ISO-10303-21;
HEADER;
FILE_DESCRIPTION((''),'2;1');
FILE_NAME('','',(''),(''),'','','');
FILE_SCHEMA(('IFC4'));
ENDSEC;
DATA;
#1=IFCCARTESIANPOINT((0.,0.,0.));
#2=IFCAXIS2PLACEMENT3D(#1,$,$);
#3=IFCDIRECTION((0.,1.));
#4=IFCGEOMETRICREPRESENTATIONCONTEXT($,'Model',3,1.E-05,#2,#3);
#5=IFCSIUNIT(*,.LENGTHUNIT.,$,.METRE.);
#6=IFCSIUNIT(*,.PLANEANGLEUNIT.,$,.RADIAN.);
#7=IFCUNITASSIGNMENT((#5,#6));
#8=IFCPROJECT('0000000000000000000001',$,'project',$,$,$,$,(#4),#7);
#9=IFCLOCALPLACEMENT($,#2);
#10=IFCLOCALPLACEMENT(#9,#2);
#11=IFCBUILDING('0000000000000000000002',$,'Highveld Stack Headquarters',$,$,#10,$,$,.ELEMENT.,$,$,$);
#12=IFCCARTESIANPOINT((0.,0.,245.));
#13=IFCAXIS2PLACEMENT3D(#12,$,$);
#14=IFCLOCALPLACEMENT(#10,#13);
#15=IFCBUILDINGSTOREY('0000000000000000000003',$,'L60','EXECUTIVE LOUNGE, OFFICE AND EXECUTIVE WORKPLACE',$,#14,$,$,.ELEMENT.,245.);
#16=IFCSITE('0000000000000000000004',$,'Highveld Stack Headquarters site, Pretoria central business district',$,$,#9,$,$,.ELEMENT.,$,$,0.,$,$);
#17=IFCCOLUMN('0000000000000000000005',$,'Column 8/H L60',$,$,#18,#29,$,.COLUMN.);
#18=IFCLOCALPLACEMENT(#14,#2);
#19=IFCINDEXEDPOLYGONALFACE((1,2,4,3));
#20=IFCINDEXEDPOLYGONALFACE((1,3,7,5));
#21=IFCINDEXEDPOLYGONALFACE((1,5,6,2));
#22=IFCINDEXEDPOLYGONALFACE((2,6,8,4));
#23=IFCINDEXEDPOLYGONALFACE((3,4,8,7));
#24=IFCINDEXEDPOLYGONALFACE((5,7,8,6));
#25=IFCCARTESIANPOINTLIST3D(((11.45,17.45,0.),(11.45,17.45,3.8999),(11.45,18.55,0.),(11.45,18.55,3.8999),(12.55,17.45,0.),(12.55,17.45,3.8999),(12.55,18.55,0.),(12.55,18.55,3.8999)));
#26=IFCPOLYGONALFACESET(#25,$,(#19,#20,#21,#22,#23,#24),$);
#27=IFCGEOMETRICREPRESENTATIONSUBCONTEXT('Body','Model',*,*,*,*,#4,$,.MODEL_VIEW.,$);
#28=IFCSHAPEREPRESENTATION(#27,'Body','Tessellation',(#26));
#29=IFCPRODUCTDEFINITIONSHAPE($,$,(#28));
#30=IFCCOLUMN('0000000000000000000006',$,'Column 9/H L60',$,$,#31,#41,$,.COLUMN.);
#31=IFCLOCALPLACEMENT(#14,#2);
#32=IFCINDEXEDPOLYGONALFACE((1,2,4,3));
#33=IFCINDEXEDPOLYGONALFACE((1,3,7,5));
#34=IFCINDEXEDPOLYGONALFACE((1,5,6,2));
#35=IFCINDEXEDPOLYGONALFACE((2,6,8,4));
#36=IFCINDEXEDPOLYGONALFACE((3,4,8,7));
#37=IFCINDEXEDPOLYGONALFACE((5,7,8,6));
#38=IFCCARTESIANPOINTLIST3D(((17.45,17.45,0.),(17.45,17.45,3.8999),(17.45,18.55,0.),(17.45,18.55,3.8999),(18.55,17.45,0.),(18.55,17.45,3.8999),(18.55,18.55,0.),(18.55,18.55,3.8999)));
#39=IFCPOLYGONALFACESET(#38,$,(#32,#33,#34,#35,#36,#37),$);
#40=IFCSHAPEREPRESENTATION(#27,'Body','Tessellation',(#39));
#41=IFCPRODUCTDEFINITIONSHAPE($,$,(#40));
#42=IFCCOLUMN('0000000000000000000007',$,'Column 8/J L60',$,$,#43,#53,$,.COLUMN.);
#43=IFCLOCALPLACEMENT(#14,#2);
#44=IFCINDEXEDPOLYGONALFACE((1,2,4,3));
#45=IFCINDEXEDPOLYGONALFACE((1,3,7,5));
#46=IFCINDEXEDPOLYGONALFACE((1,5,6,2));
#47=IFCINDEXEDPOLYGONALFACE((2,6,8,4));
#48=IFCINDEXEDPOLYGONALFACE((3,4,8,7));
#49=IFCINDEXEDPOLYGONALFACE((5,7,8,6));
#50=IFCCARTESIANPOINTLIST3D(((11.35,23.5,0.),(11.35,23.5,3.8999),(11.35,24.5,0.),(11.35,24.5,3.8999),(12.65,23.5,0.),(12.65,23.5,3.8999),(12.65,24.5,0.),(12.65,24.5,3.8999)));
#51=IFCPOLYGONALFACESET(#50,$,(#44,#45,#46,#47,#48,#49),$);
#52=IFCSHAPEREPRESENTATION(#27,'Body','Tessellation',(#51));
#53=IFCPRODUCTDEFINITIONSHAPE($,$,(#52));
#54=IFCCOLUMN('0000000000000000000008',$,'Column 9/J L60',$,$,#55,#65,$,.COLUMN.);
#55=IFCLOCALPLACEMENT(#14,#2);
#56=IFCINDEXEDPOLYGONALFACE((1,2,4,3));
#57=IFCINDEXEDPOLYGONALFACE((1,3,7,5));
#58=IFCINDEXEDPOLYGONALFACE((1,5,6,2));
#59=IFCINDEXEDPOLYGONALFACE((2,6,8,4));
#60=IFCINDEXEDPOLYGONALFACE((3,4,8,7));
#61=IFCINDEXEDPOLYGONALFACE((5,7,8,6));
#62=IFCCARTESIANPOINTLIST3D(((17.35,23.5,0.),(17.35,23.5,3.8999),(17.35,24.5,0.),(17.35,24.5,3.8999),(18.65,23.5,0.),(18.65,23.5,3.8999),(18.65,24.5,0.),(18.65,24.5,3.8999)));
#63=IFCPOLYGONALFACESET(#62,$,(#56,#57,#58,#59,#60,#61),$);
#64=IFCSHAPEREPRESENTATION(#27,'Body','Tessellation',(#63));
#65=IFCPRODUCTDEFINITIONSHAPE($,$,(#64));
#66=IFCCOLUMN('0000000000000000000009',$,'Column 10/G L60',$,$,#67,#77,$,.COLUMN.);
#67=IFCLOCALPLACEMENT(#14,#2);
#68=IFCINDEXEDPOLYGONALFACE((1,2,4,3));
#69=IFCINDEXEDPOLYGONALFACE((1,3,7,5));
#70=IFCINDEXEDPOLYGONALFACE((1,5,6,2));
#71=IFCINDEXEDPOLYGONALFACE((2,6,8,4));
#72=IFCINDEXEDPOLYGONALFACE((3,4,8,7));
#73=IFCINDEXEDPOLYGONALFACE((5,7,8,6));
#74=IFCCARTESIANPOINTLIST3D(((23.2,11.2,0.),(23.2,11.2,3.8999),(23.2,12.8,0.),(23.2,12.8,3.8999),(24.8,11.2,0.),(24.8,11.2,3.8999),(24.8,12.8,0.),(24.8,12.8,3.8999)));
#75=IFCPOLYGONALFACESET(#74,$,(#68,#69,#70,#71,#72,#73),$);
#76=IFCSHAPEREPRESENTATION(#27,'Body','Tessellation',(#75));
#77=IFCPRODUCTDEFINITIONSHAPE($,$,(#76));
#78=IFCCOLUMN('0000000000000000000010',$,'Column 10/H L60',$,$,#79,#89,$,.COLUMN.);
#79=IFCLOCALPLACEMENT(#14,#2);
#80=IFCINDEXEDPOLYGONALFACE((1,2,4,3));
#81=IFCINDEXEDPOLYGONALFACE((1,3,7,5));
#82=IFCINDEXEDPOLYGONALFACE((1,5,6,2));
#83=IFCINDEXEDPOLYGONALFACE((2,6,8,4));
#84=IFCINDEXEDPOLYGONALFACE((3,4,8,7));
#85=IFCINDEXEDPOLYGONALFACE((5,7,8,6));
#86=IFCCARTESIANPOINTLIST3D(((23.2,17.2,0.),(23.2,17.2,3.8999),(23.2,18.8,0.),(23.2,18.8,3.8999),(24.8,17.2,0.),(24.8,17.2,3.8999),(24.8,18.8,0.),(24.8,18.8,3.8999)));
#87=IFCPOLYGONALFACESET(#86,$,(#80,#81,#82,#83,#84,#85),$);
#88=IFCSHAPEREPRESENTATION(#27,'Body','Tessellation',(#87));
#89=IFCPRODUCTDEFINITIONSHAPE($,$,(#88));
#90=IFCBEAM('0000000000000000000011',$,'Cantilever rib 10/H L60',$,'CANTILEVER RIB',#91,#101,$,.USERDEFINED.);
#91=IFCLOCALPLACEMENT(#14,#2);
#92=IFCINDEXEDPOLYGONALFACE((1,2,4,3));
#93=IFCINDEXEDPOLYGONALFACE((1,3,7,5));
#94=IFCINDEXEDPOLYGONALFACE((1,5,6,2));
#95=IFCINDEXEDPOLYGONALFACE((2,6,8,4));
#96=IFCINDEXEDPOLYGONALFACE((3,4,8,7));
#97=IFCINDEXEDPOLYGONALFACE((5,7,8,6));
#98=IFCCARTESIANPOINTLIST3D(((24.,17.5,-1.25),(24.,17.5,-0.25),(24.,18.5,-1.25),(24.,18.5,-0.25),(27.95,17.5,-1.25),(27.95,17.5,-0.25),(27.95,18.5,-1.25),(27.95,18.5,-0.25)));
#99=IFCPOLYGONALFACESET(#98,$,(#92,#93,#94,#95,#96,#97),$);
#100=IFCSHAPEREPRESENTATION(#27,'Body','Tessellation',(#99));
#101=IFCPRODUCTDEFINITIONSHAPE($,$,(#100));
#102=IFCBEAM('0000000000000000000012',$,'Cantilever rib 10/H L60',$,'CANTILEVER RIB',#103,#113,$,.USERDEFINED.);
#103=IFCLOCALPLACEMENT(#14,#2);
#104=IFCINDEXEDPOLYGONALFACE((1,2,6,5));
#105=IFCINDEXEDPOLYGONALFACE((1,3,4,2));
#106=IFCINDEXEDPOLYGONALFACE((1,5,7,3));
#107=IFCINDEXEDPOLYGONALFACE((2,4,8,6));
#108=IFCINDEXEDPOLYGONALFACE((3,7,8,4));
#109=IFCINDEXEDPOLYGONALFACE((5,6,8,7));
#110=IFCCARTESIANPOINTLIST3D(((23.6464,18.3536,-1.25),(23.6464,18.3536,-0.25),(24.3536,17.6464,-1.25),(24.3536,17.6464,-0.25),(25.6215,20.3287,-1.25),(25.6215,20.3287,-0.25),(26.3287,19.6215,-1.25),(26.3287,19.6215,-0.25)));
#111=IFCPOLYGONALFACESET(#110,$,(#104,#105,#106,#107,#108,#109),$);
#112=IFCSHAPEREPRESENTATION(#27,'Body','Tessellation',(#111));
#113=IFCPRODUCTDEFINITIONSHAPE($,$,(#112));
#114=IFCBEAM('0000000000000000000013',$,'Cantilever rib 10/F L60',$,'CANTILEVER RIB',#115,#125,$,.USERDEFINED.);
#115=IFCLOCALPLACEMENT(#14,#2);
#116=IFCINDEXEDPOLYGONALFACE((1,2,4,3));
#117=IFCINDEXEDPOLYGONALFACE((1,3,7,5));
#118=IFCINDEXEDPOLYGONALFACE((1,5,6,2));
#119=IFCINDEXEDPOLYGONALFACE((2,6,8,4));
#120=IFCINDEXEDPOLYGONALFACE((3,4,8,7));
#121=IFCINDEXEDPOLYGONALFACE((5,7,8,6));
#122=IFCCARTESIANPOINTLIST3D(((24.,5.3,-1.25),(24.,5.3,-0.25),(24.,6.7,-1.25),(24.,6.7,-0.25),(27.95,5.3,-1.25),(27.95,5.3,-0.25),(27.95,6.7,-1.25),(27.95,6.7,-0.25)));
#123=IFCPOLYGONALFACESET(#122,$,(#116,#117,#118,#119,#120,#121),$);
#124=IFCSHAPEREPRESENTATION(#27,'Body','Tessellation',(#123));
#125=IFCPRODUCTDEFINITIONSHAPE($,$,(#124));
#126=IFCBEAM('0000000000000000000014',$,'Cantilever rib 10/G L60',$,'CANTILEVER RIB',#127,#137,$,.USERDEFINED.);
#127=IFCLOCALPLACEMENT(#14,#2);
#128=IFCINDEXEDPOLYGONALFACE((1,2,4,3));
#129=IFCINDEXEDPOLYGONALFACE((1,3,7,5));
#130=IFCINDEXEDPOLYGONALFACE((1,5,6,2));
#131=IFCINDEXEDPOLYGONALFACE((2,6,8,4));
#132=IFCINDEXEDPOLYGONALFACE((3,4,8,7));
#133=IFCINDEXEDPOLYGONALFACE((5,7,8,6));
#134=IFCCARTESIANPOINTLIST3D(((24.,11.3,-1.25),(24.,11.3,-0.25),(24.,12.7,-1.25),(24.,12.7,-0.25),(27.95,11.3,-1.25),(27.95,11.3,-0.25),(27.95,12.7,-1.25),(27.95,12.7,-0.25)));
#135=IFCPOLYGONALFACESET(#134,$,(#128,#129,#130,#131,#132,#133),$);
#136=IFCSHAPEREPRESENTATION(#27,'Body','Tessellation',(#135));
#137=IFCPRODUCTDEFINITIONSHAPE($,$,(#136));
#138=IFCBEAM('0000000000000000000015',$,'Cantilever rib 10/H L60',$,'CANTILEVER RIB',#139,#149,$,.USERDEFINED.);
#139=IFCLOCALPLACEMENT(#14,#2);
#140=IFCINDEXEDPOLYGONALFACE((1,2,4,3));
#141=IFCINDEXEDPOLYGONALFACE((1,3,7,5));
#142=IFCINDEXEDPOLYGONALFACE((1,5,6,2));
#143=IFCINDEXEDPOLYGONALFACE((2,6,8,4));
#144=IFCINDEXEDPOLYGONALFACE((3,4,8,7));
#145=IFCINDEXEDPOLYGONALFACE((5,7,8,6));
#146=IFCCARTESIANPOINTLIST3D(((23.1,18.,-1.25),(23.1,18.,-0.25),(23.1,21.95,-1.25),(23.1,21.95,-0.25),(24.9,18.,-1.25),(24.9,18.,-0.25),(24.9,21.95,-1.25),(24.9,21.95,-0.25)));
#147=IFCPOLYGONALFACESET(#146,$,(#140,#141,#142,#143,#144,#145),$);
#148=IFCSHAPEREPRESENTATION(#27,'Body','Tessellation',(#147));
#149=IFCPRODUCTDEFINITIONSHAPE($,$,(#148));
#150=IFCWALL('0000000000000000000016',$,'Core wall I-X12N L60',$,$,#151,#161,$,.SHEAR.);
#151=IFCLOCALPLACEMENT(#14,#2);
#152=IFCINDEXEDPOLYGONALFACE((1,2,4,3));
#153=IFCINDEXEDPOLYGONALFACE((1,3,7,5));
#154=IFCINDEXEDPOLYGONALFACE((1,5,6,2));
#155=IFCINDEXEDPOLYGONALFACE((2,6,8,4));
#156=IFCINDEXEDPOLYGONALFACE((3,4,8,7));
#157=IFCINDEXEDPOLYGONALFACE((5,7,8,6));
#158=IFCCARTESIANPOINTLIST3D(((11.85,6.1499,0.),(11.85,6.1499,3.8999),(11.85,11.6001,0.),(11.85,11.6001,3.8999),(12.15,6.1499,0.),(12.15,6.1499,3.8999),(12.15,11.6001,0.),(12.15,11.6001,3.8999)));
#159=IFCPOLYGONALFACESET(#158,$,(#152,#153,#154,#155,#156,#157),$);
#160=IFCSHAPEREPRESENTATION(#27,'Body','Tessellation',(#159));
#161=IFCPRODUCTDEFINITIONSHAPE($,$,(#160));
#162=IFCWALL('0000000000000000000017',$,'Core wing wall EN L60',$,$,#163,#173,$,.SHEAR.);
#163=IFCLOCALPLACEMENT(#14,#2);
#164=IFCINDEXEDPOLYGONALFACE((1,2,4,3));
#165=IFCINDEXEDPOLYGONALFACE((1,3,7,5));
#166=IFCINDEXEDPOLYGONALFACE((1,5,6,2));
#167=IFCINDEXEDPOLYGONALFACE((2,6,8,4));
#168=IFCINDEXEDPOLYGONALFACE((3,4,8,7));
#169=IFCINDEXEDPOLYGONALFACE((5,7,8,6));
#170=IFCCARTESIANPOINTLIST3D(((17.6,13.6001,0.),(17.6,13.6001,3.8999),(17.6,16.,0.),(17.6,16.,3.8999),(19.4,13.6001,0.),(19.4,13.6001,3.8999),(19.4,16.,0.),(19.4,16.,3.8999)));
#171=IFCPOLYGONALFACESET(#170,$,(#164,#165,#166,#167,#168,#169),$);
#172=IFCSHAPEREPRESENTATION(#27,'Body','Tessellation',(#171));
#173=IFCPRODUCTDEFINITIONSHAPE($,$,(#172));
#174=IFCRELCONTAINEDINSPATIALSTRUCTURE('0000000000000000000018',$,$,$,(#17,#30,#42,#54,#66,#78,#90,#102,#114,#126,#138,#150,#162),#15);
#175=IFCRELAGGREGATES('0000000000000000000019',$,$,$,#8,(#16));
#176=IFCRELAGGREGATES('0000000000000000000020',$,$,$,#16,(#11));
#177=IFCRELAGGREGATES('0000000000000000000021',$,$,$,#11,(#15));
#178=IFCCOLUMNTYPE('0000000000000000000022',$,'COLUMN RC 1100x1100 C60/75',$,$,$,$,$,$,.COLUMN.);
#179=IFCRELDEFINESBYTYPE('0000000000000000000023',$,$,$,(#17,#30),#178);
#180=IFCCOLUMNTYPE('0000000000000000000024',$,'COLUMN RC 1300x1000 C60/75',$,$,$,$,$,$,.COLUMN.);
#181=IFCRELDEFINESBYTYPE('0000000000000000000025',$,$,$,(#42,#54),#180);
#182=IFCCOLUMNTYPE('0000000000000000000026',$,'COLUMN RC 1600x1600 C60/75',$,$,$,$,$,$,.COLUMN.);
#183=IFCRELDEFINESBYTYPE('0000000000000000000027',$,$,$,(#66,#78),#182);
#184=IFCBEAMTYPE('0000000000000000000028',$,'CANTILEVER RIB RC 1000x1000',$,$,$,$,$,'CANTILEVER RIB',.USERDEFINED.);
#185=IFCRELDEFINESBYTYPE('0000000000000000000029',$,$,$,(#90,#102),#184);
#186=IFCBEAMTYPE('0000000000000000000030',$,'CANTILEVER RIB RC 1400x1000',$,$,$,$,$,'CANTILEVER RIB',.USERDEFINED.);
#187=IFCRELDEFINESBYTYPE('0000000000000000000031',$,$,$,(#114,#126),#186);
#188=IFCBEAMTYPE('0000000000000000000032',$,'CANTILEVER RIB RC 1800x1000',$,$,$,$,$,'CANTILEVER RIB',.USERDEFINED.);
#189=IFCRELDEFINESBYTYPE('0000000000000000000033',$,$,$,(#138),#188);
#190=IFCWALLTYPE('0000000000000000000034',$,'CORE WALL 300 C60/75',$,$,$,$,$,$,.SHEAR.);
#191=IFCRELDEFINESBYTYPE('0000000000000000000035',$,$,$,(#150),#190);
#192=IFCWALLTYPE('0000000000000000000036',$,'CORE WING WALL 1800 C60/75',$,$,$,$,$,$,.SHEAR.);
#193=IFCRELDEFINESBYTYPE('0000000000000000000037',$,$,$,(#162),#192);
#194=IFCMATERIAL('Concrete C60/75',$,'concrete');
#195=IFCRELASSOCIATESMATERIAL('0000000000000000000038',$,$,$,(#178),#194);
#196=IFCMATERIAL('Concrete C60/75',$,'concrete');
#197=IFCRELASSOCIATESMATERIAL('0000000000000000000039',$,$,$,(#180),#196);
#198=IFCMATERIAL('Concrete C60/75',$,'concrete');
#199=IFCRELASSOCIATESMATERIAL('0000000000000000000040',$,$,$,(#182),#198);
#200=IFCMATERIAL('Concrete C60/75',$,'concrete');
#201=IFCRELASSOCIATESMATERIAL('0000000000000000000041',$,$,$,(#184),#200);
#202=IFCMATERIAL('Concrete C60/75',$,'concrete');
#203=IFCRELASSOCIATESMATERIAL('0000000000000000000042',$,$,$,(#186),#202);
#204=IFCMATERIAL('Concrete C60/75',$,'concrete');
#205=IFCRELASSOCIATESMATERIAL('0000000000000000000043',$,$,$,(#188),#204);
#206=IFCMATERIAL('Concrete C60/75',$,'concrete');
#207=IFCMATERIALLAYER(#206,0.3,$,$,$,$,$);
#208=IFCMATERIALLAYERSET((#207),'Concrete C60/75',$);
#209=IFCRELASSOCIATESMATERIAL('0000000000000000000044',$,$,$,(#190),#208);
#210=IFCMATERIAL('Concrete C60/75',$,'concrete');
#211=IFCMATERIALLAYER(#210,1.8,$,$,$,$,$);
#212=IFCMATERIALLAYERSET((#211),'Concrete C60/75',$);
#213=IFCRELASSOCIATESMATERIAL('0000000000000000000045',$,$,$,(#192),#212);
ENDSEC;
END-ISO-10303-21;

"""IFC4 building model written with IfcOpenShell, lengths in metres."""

from ifc_helpers import new_model, si_unit, direction, frame, frame_2d, origin, origin_2d, place, context, subcontext, project, spatial, rectangle, extrude, material, layer, layer_set, material_profile, profile_set, type_object, element, save


model = new_model("IFC4")

# Units and contexts
model_context = context("Model", 3, precision=1e-05, world=origin(), true_north=direction((0.0, 1.0)))
body_context = subcontext(model_context, "Body", "Model", "MODEL_VIEW")
ifc_project = project(units=[si_unit("LENGTHUNIT", "METRE"), si_unit("PLANEANGLEUNIT", "RADIAN")], contexts=[model_context])

# Site, building, storey
site_placement = place(None, origin())
site = spatial("IfcSite", under=ifc_project, at=site_placement, Name="Highveld Stack Headquarters site, Pretoria central business district", CompositionType="ELEMENT", RefElevation=0.0)
building_placement = place(site_placement, origin())
building = spatial("IfcBuilding", under=site, at=building_placement, Name="Highveld Stack Headquarters", CompositionType="ELEMENT")
storey_placement = place(building_placement, frame((0.0, 0.0, 245.0)))
storey = spatial("IfcBuildingStorey", under=building, at=storey_placement, Name="L60", Description="EXECUTIVE LOUNGE, OFFICE AND EXECUTIVE WORKPLACE", CompositionType="ELEMENT", Elevation=245.0)

# Columns
ifc_material_1 = material(Name="Concrete C60/75", Category="concrete")
ifc_material_profile_1 = material_profile(ifc_material_1, rectangle(XDim=1.1001, YDim=1.1001, at=origin_2d()), Name="RC 1100x1100")
ifc_profile_set_1 = profile_set([ifc_material_profile_1], Name="Concrete C60/75")
column_type_1 = type_object("IfcColumnType", Name="COLUMN RC 1100x1100 C60/75", PredefinedType="COLUMN", material=ifc_profile_set_1)
for number, where, z_axis, x_axis, name in (
    (1, (12.0, 18.0, 0.0), (0.0, 0.0, 1.0), (1.0, 0.0, 0.0), "Column 8/H L60"),
    (2, (18.0, 18.0, 0.0), (0.0, 0.0, 1.0), (1.0, 0.0, 0.0), "Column 9/H L60"),
):
    element("IfcColumn", number, at=place(storey_placement, frame(where, z_axis=z_axis, x_axis=x_axis)), inside=storey, type_object=column_type_1, Name=name, PredefinedType="COLUMN", context=body_context, shape_type="SweptSolid", body=[
        extrude(rectangle(XDim=1.1001, YDim=1.1001, at=origin_2d()), origin(), (0.0, 0.0, 1.0), 3.8999),
    ])
ifc_material_2 = material(Name="Concrete C60/75", Category="concrete")
ifc_material_profile_2 = material_profile(ifc_material_2, rectangle(XDim=1.3, YDim=1.0, at=origin_2d()), Name="RC 1300x1000")
ifc_profile_set_2 = profile_set([ifc_material_profile_2], Name="Concrete C60/75")
column_type_2 = type_object("IfcColumnType", Name="COLUMN RC 1300x1000 C60/75", PredefinedType="COLUMN", material=ifc_profile_set_2)
for number, where, z_axis, x_axis, name in (
    (3, (12.0, 24.0, 0.0), (0.0, 0.0, 1.0), (1.0, 0.0, 0.0), "Column 8/J L60"),
    (4, (18.0, 24.0, 0.0), (0.0, 0.0, 1.0), (1.0, 0.0, 0.0), "Column 9/J L60"),
):
    element("IfcColumn", number, at=place(storey_placement, frame(where, z_axis=z_axis, x_axis=x_axis)), inside=storey, type_object=column_type_2, Name=name, PredefinedType="COLUMN", context=body_context, shape_type="SweptSolid", body=[
        extrude(rectangle(XDim=1.3, YDim=1.0, at=origin_2d()), origin(), (0.0, 0.0, 1.0), 3.8999),
    ])
ifc_material_3 = material(Name="Concrete C60/75", Category="concrete")
ifc_material_profile_3 = material_profile(ifc_material_3, rectangle(XDim=1.6001, YDim=1.6001, at=origin_2d()), Name="RC 1600x1600")
ifc_profile_set_3 = profile_set([ifc_material_profile_3], Name="Concrete C60/75")
column_type_3 = type_object("IfcColumnType", Name="COLUMN RC 1600x1600 C60/75", PredefinedType="COLUMN", material=ifc_profile_set_3)
for number, where, z_axis, x_axis, name in (
    (5, (24.0, 12.0, 0.0), (0.0, 0.0, 1.0), (1.0, 0.0, 0.0), "Column 10/G L60"),
    (6, (24.0, 18.0, 0.0), (0.0, 0.0, 1.0), (1.0, 0.0, 0.0), "Column 10/H L60"),
):
    element("IfcColumn", number, at=place(storey_placement, frame(where, z_axis=z_axis, x_axis=x_axis)), inside=storey, type_object=column_type_3, Name=name, PredefinedType="COLUMN", context=body_context, shape_type="SweptSolid", body=[
        extrude(rectangle(XDim=1.6001, YDim=1.6001, at=origin_2d()), origin(), (0.0, 0.0, 1.0), 3.8999),
    ])

# Beams
ifc_material_4 = material(Name="Concrete C60/75", Category="concrete")
ifc_material_profile_4 = material_profile(ifc_material_4, rectangle(XDim=1.0, YDim=1.0, at=origin_2d()), Name="RC 1000x1000")
ifc_profile_set_4 = profile_set([ifc_material_profile_4], Name="Concrete C60/75")
beam_type_1 = type_object("IfcBeamType", Name="CANTILEVER RIB RC 1000x1000", ElementType="CANTILEVER RIB", PredefinedType="USERDEFINED", material=ifc_profile_set_4)
beam_1_placement = place(storey_placement, frame((24.0, 18.0, -0.75), z_axis=(1.0, 0.0, 0.0), x_axis=(0.0, 1.0, 0.0)))
element("IfcBeam", 7, at=beam_1_placement, inside=storey, type_object=beam_type_1, Name="Cantilever rib 10/H L60", ObjectType="CANTILEVER RIB", PredefinedType="USERDEFINED", context=body_context, shape_type="SweptSolid", body=[
    extrude(rectangle(XDim=1.0, YDim=1.0, at=origin_2d()), origin(), (0.0, 0.0, 1.0), 3.95),
])
beam_2_placement = place(storey_placement, frame((24.0, 18.0, -0.75), z_axis=(0.707107, 0.707107, 0.0), x_axis=(-0.707107, 0.707107, 0.0)))
element("IfcBeam", 8, at=beam_2_placement, inside=storey, type_object=beam_type_1, Name="Cantilever rib 10/H L60", ObjectType="CANTILEVER RIB", PredefinedType="USERDEFINED", context=body_context, shape_type="SweptSolid", body=[
    extrude(rectangle(XDim=1.0, YDim=1.0, at=origin_2d()), origin(), (0.0, 0.0, 1.0), 2.7932),
])
ifc_material_5 = material(Name="Concrete C60/75", Category="concrete")
ifc_material_profile_5 = material_profile(ifc_material_5, rectangle(XDim=1.3999, YDim=1.0, at=origin_2d()), Name="RC 1400x1000")
ifc_profile_set_5 = profile_set([ifc_material_profile_5], Name="Concrete C60/75")
beam_type_2 = type_object("IfcBeamType", Name="CANTILEVER RIB RC 1400x1000", ElementType="CANTILEVER RIB", PredefinedType="USERDEFINED", material=ifc_profile_set_5)
for number, where, z_axis, x_axis, name in (
    (9, (24.0, 6.0, -0.75), (1.0, 0.0, 0.0), (0.0, 1.0, 0.0), "Cantilever rib 10/F L60"),
    (10, (24.0, 12.0, -0.75), (1.0, 0.0, 0.0), (0.0, 1.0, 0.0), "Cantilever rib 10/G L60"),
):
    element("IfcBeam", number, at=place(storey_placement, frame(where, z_axis=z_axis, x_axis=x_axis)), inside=storey, type_object=beam_type_2, Name=name, ObjectType="CANTILEVER RIB", PredefinedType="USERDEFINED", context=body_context, shape_type="SweptSolid", body=[
        extrude(rectangle(XDim=1.3999, YDim=1.0, at=origin_2d()), origin(), (0.0, 0.0, 1.0), 3.95),
    ])
ifc_material_6 = material(Name="Concrete C60/75", Category="concrete")
ifc_material_profile_6 = material_profile(ifc_material_6, rectangle(XDim=1.8, YDim=1.0, at=origin_2d()), Name="RC 1800x1000")
ifc_profile_set_6 = profile_set([ifc_material_profile_6], Name="Concrete C60/75")
beam_type_3 = type_object("IfcBeamType", Name="CANTILEVER RIB RC 1800x1000", ElementType="CANTILEVER RIB", PredefinedType="USERDEFINED", material=ifc_profile_set_6)
beam_3_placement = place(storey_placement, frame((24.0, 18.0, -0.75), z_axis=(0.0, 1.0, 0.0), x_axis=(-1.0, 0.0, 0.0)))
element("IfcBeam", 11, at=beam_3_placement, inside=storey, type_object=beam_type_3, Name="Cantilever rib 10/H L60", ObjectType="CANTILEVER RIB", PredefinedType="USERDEFINED", context=body_context, shape_type="SweptSolid", body=[
    extrude(rectangle(XDim=1.8, YDim=1.0, at=origin_2d()), origin(), (0.0, 0.0, 1.0), 3.95),
])

# Walls
ifc_material_7 = material(Name="Concrete C60/75", Category="concrete")
ifc_layer_1 = layer(ifc_material_7, 0.3)
ifc_layer_set_1 = layer_set([ifc_layer_1], Name="Concrete C60/75")
wall_type_1 = type_object("IfcWallType", Name="CORE WALL 300 C60/75", PredefinedType="SHEAR", material=ifc_layer_set_1)
wall_1_placement = place(storey_placement, frame((12.0, 6.1499, 0.0), z_axis=(0.0, 0.0, 1.0), x_axis=(0.0, 1.0, 0.0)))
element("IfcWall", 12, at=wall_1_placement, inside=storey, type_object=wall_type_1, Name="Core wall I-X12N L60", PredefinedType="SHEAR", context=body_context, shape_type="SweptSolid", body=[
    extrude(rectangle(XDim=5.4502, YDim=0.3, at=frame_2d((2.7251, 0.0))), origin(), (0.0, 0.0, 1.0), 3.8999),
])
ifc_material_8 = material(Name="Concrete C60/75", Category="concrete")
ifc_layer_2 = layer(ifc_material_8, 1.8)
ifc_layer_set_2 = layer_set([ifc_layer_2], Name="Concrete C60/75")
wall_type_2 = type_object("IfcWallType", Name="CORE WING WALL 1800 C60/75", PredefinedType="SHEAR", material=ifc_layer_set_2)
wall_2_placement = place(storey_placement, frame((18.5, 13.6001, 0.0), z_axis=(0.0, 0.0, 1.0), x_axis=(0.0, 1.0, 0.0)))
element("IfcWall", 13, at=wall_2_placement, inside=storey, type_object=wall_type_2, Name="Core wing wall EN L60", PredefinedType="SHEAR", context=body_context, shape_type="SweptSolid", body=[
    extrude(rectangle(XDim=2.3999, YDim=1.8, at=frame_2d((1.2, 0.0))), origin(), (0.0, 0.0, 1.0), 3.8999),
])

save(model, "model.ifc")
